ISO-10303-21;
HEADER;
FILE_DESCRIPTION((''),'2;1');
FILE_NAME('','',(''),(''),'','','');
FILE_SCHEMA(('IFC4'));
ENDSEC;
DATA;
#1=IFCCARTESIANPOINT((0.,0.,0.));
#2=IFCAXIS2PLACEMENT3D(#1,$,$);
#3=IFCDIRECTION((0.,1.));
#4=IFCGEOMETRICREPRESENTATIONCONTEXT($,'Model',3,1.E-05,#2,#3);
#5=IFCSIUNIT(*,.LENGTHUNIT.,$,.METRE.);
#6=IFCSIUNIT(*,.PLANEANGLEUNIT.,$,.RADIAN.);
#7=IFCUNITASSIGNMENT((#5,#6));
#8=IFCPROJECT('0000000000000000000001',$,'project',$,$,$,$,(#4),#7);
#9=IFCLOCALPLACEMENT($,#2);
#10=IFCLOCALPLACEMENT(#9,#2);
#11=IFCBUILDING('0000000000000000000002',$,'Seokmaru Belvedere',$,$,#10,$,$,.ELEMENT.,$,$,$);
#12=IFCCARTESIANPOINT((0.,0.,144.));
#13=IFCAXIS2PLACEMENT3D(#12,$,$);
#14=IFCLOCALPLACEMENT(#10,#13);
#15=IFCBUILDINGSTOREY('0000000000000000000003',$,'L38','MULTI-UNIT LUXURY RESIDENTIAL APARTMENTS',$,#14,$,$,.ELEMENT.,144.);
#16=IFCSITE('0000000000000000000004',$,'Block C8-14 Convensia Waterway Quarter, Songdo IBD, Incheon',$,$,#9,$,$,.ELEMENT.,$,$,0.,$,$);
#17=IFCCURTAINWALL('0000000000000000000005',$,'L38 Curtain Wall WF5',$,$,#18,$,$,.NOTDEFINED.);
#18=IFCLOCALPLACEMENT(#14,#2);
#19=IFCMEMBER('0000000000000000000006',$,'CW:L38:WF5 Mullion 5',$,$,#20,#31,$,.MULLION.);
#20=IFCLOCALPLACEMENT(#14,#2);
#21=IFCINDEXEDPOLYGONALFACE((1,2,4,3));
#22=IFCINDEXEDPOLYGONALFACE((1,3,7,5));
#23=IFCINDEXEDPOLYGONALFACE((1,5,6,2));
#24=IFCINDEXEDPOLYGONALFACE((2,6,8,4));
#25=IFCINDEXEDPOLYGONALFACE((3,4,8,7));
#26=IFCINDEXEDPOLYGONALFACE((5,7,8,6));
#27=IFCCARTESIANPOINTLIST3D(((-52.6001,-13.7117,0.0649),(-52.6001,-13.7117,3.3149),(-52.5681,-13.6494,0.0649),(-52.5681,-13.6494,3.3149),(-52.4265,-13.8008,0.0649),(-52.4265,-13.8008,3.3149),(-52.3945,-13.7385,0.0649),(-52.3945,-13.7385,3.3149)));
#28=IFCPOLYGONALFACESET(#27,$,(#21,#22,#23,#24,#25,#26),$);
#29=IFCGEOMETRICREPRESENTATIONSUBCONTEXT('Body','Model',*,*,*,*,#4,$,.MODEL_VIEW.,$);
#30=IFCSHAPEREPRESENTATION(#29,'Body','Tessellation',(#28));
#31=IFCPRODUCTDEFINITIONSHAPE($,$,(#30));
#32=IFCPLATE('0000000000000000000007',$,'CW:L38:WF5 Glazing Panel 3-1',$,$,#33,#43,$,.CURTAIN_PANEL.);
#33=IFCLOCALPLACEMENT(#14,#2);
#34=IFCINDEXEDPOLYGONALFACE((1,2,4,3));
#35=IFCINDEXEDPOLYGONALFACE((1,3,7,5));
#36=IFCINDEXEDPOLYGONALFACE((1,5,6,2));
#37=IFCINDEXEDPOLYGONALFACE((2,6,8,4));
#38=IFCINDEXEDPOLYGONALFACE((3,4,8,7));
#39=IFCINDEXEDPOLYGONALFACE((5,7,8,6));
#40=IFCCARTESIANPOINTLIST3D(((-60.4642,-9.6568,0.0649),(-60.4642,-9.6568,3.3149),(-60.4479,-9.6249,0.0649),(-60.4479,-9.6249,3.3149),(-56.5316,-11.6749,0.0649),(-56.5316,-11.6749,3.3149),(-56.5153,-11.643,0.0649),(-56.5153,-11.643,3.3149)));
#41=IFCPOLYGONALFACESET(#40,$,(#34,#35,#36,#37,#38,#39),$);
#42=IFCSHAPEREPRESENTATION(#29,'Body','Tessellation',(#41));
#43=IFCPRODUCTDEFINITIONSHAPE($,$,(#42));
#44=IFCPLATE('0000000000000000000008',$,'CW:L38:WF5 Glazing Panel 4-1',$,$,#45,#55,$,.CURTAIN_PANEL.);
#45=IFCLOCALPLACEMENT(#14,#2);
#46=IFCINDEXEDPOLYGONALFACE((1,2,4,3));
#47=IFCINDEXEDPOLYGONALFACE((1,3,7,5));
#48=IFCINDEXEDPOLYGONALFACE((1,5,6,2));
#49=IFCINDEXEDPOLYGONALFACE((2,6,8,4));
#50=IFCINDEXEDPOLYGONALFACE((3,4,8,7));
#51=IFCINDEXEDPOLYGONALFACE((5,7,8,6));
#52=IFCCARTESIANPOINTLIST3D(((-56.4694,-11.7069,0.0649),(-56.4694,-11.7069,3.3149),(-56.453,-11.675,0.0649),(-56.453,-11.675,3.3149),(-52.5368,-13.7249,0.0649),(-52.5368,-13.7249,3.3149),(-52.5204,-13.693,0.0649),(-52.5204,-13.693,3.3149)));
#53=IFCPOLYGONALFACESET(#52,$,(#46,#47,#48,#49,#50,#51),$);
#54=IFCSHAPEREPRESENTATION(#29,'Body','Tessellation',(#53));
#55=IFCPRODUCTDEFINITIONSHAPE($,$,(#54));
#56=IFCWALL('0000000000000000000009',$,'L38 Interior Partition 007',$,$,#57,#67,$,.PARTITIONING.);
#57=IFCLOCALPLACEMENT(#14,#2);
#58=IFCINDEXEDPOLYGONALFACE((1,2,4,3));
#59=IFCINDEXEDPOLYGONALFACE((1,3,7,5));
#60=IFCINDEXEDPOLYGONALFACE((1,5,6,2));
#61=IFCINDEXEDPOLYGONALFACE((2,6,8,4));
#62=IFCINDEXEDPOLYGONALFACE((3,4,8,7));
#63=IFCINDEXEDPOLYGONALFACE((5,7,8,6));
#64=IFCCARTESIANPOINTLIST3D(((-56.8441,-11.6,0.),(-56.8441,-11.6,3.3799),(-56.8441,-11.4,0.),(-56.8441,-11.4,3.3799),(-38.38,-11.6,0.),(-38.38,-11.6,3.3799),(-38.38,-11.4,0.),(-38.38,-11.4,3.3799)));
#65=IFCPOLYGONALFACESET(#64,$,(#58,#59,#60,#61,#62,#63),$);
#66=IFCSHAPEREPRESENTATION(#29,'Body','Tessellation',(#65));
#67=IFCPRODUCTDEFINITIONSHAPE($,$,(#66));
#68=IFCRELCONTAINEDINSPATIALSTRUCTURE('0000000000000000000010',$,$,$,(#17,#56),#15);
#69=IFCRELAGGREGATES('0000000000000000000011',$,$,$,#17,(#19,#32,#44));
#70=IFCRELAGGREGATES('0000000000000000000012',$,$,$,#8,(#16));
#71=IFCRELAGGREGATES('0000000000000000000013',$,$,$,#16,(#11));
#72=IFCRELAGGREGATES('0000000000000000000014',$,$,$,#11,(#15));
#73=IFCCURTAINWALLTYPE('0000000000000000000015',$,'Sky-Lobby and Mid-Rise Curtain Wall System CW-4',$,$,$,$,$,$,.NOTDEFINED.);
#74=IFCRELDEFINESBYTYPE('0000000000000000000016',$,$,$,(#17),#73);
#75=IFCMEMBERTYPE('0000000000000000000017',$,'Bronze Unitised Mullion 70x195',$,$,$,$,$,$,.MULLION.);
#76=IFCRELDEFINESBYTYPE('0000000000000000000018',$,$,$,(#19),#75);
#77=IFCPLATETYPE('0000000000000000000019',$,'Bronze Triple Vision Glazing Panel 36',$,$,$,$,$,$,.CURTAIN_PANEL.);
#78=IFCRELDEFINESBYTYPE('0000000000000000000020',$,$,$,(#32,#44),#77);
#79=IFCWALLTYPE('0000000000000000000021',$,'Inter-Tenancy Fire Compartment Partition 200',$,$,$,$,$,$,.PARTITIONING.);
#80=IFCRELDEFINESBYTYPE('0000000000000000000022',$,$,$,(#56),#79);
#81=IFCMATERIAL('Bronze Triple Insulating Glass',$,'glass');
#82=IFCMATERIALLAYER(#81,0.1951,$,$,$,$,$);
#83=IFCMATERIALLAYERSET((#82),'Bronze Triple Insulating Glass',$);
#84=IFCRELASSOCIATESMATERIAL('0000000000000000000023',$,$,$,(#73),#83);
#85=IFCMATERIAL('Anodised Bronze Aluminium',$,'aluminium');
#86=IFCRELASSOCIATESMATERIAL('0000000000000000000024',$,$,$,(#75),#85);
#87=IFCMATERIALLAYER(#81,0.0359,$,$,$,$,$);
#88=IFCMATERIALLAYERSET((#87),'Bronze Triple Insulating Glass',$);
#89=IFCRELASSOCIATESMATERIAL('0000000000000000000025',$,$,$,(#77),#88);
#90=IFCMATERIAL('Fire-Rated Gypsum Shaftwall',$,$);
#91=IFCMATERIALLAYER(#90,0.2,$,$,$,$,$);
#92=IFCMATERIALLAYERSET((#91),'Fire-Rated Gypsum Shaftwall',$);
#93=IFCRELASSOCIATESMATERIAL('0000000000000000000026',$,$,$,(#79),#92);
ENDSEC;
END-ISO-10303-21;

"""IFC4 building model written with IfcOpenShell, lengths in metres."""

from ifc_helpers import new_model, si_unit, direction, frame, frame_2d, origin, origin_2d, place, context, subcontext, project, spatial, rectangle, extrude, source, transform, mapped, material, layer, layer_set, material_profile, profile_set, type_object, type_shapes, element, aggregate, save


model = new_model("IFC4")

# Units and contexts
model_context = context("Model", 3, precision=1e-05, world=origin(), true_north=direction((0.0, 1.0)))
body_context = subcontext(model_context, "Body", "Model", "MODEL_VIEW")
ifc_project = project(units=[si_unit("LENGTHUNIT", "METRE"), si_unit("PLANEANGLEUNIT", "RADIAN")], contexts=[model_context])

# Site, building, storey
site_placement = place(None, origin())
site = spatial("IfcSite", under=ifc_project, at=site_placement, Name="Block C8-14 Convensia Waterway Quarter, Songdo IBD, Incheon", CompositionType="ELEMENT", RefElevation=0.0)
building_placement = place(site_placement, origin())
building = spatial("IfcBuilding", under=site, at=building_placement, Name="Seokmaru Belvedere", CompositionType="ELEMENT")
storey_placement = place(building_placement, frame((0.0, 0.0, 144.0)))
storey = spatial("IfcBuildingStorey", under=building, at=storey_placement, Name="L38", Description="MULTI-UNIT LUXURY RESIDENTIAL APARTMENTS", CompositionType="ELEMENT", Elevation=144.0)

# Curtain wall, member, plates
ifc_material_1 = material(Name="Bronze Triple Insulating Glass", Category="glass")
ifc_layer_1 = layer(ifc_material_1, 0.1951)
ifc_layer_set_1 = layer_set([ifc_layer_1], Name="Bronze Triple Insulating Glass")
curtain_wall_type = type_object("IfcCurtainWallType", Name="Sky-Lobby and Mid-Rise Curtain Wall System CW-4", PredefinedType="NOTDEFINED", material=ifc_layer_set_1)
curtain_wall_placement = place(storey_placement, origin())
curtain_wall = element("IfcCurtainWall", 1, at=curtain_wall_placement, inside=storey, type_object=curtain_wall_type, Name="L38 Curtain Wall WF5", PredefinedType="NOTDEFINED")
ifc_material_2 = material(Name="Anodised Bronze Aluminium", Category="aluminium")
ifc_material_profile_1 = material_profile(ifc_material_2, rectangle(XDim=0.0701, YDim=0.1951, at=origin_2d()), Name="CW-M-70x195")
ifc_profile_set_1 = profile_set([ifc_material_profile_1], Name="Anodised Bronze Aluminium")
member_type = type_object("IfcMemberType", Name="Bronze Unitised Mullion 70x195", PredefinedType="MULLION", material=ifc_profile_set_1)
shared_shape_1 = source(origin(), body_context, "Body", "SweptSolid", [
    extrude(rectangle(XDim=0.0701, YDim=0.1951, at=origin_2d()), origin(), (0.0, 0.0, 1.0), 3.25),
])
type_shapes(member_type, [shared_shape_1])
member_1_placement = place(storey_placement, frame((-52.4973, -13.7251, 0.0649), z_axis=(0.0, 0.0, 1.0), x_axis=(0.456555, 0.889695, 0.0)))
member_1 = element("IfcMember", 2, at=member_1_placement, type_object=member_type, Name="CW:L38:WF5 Mullion 5", PredefinedType="MULLION", context=body_context, shape_type="MappedRepresentation", body=[
    mapped(shared_shape_1, transform((0.0, 0.0, 0.0), scale=1.0)),
])
ifc_layer_2 = layer(ifc_material_1, 0.0359)
ifc_layer_set_2 = layer_set([ifc_layer_2], Name="Bronze Triple Insulating Glass")
plate_type = type_object("IfcPlateType", Name="Bronze Triple Vision Glazing Panel 36", PredefinedType="CURTAIN_PANEL", material=ifc_layer_set_2)
shared_shape_2 = source(origin(), body_context, "Body", "SweptSolid", [
    extrude(rectangle(XDim=4.4202, YDim=0.0359, at=origin_2d()), origin(), (0.0, 0.0, 1.0), 3.25),
])
type_shapes(plate_type, [shared_shape_2])
plate_1_placement = place(storey_placement, frame((-58.4897, -10.6499, 0.0649), z_axis=(0.0, 0.0, 1.0), x_axis=(0.889695, -0.456555, 0.0)))
plate_1 = element("IfcPlate", 3, at=plate_1_placement, type_object=plate_type, Name="CW:L38:WF5 Glazing Panel 3-1", PredefinedType="CURTAIN_PANEL", context=body_context, shape_type="MappedRepresentation", body=[
    mapped(shared_shape_2, transform((0.0, 0.0, 0.0), scale=1.0)),
])
plate_2_placement = place(storey_placement, frame((-54.4949, -12.7, 0.0649), z_axis=(0.0, 0.0, 1.0), x_axis=(0.889695, -0.456555, 0.0)))
plate_2 = element("IfcPlate", 4, at=plate_2_placement, type_object=plate_type, Name="CW:L38:WF5 Glazing Panel 4-1", PredefinedType="CURTAIN_PANEL", context=body_context, shape_type="MappedRepresentation", body=[
    mapped(shared_shape_2, transform((0.0, 0.0, 0.0), scale=1.0)),
])
aggregate(curtain_wall, [member_1, plate_1, plate_2])

# Shared definitions
ifc_material_3 = material(Name="Fire-Rated Gypsum Shaftwall")

# Wall
ifc_layer_3 = layer(ifc_material_3, 0.2)
ifc_layer_set_3 = layer_set([ifc_layer_3], Name="Fire-Rated Gypsum Shaftwall")
wall_type_1 = type_object("IfcWallType", Name="Inter-Tenancy Fire Compartment Partition 200", PredefinedType="PARTITIONING", material=ifc_layer_set_3)
wall_1_placement = place(storey_placement, frame((-56.844, -11.5, 0.0), z_axis=(0.0, 0.0, 1.0), x_axis=(1.0, 0.0, 0.0)))
element("IfcWall", 5, at=wall_1_placement, inside=storey, type_object=wall_type_1, Name="L38 Interior Partition 007", PredefinedType="PARTITIONING", context=body_context, shape_type="SweptSolid", body=[
    extrude(rectangle(XDim=18.4641, YDim=0.2, at=frame_2d((9.2319, 0.0))), origin(), (0.0, 0.0, 1.0), 3.3799),
])

save(model, "model.ifc")
